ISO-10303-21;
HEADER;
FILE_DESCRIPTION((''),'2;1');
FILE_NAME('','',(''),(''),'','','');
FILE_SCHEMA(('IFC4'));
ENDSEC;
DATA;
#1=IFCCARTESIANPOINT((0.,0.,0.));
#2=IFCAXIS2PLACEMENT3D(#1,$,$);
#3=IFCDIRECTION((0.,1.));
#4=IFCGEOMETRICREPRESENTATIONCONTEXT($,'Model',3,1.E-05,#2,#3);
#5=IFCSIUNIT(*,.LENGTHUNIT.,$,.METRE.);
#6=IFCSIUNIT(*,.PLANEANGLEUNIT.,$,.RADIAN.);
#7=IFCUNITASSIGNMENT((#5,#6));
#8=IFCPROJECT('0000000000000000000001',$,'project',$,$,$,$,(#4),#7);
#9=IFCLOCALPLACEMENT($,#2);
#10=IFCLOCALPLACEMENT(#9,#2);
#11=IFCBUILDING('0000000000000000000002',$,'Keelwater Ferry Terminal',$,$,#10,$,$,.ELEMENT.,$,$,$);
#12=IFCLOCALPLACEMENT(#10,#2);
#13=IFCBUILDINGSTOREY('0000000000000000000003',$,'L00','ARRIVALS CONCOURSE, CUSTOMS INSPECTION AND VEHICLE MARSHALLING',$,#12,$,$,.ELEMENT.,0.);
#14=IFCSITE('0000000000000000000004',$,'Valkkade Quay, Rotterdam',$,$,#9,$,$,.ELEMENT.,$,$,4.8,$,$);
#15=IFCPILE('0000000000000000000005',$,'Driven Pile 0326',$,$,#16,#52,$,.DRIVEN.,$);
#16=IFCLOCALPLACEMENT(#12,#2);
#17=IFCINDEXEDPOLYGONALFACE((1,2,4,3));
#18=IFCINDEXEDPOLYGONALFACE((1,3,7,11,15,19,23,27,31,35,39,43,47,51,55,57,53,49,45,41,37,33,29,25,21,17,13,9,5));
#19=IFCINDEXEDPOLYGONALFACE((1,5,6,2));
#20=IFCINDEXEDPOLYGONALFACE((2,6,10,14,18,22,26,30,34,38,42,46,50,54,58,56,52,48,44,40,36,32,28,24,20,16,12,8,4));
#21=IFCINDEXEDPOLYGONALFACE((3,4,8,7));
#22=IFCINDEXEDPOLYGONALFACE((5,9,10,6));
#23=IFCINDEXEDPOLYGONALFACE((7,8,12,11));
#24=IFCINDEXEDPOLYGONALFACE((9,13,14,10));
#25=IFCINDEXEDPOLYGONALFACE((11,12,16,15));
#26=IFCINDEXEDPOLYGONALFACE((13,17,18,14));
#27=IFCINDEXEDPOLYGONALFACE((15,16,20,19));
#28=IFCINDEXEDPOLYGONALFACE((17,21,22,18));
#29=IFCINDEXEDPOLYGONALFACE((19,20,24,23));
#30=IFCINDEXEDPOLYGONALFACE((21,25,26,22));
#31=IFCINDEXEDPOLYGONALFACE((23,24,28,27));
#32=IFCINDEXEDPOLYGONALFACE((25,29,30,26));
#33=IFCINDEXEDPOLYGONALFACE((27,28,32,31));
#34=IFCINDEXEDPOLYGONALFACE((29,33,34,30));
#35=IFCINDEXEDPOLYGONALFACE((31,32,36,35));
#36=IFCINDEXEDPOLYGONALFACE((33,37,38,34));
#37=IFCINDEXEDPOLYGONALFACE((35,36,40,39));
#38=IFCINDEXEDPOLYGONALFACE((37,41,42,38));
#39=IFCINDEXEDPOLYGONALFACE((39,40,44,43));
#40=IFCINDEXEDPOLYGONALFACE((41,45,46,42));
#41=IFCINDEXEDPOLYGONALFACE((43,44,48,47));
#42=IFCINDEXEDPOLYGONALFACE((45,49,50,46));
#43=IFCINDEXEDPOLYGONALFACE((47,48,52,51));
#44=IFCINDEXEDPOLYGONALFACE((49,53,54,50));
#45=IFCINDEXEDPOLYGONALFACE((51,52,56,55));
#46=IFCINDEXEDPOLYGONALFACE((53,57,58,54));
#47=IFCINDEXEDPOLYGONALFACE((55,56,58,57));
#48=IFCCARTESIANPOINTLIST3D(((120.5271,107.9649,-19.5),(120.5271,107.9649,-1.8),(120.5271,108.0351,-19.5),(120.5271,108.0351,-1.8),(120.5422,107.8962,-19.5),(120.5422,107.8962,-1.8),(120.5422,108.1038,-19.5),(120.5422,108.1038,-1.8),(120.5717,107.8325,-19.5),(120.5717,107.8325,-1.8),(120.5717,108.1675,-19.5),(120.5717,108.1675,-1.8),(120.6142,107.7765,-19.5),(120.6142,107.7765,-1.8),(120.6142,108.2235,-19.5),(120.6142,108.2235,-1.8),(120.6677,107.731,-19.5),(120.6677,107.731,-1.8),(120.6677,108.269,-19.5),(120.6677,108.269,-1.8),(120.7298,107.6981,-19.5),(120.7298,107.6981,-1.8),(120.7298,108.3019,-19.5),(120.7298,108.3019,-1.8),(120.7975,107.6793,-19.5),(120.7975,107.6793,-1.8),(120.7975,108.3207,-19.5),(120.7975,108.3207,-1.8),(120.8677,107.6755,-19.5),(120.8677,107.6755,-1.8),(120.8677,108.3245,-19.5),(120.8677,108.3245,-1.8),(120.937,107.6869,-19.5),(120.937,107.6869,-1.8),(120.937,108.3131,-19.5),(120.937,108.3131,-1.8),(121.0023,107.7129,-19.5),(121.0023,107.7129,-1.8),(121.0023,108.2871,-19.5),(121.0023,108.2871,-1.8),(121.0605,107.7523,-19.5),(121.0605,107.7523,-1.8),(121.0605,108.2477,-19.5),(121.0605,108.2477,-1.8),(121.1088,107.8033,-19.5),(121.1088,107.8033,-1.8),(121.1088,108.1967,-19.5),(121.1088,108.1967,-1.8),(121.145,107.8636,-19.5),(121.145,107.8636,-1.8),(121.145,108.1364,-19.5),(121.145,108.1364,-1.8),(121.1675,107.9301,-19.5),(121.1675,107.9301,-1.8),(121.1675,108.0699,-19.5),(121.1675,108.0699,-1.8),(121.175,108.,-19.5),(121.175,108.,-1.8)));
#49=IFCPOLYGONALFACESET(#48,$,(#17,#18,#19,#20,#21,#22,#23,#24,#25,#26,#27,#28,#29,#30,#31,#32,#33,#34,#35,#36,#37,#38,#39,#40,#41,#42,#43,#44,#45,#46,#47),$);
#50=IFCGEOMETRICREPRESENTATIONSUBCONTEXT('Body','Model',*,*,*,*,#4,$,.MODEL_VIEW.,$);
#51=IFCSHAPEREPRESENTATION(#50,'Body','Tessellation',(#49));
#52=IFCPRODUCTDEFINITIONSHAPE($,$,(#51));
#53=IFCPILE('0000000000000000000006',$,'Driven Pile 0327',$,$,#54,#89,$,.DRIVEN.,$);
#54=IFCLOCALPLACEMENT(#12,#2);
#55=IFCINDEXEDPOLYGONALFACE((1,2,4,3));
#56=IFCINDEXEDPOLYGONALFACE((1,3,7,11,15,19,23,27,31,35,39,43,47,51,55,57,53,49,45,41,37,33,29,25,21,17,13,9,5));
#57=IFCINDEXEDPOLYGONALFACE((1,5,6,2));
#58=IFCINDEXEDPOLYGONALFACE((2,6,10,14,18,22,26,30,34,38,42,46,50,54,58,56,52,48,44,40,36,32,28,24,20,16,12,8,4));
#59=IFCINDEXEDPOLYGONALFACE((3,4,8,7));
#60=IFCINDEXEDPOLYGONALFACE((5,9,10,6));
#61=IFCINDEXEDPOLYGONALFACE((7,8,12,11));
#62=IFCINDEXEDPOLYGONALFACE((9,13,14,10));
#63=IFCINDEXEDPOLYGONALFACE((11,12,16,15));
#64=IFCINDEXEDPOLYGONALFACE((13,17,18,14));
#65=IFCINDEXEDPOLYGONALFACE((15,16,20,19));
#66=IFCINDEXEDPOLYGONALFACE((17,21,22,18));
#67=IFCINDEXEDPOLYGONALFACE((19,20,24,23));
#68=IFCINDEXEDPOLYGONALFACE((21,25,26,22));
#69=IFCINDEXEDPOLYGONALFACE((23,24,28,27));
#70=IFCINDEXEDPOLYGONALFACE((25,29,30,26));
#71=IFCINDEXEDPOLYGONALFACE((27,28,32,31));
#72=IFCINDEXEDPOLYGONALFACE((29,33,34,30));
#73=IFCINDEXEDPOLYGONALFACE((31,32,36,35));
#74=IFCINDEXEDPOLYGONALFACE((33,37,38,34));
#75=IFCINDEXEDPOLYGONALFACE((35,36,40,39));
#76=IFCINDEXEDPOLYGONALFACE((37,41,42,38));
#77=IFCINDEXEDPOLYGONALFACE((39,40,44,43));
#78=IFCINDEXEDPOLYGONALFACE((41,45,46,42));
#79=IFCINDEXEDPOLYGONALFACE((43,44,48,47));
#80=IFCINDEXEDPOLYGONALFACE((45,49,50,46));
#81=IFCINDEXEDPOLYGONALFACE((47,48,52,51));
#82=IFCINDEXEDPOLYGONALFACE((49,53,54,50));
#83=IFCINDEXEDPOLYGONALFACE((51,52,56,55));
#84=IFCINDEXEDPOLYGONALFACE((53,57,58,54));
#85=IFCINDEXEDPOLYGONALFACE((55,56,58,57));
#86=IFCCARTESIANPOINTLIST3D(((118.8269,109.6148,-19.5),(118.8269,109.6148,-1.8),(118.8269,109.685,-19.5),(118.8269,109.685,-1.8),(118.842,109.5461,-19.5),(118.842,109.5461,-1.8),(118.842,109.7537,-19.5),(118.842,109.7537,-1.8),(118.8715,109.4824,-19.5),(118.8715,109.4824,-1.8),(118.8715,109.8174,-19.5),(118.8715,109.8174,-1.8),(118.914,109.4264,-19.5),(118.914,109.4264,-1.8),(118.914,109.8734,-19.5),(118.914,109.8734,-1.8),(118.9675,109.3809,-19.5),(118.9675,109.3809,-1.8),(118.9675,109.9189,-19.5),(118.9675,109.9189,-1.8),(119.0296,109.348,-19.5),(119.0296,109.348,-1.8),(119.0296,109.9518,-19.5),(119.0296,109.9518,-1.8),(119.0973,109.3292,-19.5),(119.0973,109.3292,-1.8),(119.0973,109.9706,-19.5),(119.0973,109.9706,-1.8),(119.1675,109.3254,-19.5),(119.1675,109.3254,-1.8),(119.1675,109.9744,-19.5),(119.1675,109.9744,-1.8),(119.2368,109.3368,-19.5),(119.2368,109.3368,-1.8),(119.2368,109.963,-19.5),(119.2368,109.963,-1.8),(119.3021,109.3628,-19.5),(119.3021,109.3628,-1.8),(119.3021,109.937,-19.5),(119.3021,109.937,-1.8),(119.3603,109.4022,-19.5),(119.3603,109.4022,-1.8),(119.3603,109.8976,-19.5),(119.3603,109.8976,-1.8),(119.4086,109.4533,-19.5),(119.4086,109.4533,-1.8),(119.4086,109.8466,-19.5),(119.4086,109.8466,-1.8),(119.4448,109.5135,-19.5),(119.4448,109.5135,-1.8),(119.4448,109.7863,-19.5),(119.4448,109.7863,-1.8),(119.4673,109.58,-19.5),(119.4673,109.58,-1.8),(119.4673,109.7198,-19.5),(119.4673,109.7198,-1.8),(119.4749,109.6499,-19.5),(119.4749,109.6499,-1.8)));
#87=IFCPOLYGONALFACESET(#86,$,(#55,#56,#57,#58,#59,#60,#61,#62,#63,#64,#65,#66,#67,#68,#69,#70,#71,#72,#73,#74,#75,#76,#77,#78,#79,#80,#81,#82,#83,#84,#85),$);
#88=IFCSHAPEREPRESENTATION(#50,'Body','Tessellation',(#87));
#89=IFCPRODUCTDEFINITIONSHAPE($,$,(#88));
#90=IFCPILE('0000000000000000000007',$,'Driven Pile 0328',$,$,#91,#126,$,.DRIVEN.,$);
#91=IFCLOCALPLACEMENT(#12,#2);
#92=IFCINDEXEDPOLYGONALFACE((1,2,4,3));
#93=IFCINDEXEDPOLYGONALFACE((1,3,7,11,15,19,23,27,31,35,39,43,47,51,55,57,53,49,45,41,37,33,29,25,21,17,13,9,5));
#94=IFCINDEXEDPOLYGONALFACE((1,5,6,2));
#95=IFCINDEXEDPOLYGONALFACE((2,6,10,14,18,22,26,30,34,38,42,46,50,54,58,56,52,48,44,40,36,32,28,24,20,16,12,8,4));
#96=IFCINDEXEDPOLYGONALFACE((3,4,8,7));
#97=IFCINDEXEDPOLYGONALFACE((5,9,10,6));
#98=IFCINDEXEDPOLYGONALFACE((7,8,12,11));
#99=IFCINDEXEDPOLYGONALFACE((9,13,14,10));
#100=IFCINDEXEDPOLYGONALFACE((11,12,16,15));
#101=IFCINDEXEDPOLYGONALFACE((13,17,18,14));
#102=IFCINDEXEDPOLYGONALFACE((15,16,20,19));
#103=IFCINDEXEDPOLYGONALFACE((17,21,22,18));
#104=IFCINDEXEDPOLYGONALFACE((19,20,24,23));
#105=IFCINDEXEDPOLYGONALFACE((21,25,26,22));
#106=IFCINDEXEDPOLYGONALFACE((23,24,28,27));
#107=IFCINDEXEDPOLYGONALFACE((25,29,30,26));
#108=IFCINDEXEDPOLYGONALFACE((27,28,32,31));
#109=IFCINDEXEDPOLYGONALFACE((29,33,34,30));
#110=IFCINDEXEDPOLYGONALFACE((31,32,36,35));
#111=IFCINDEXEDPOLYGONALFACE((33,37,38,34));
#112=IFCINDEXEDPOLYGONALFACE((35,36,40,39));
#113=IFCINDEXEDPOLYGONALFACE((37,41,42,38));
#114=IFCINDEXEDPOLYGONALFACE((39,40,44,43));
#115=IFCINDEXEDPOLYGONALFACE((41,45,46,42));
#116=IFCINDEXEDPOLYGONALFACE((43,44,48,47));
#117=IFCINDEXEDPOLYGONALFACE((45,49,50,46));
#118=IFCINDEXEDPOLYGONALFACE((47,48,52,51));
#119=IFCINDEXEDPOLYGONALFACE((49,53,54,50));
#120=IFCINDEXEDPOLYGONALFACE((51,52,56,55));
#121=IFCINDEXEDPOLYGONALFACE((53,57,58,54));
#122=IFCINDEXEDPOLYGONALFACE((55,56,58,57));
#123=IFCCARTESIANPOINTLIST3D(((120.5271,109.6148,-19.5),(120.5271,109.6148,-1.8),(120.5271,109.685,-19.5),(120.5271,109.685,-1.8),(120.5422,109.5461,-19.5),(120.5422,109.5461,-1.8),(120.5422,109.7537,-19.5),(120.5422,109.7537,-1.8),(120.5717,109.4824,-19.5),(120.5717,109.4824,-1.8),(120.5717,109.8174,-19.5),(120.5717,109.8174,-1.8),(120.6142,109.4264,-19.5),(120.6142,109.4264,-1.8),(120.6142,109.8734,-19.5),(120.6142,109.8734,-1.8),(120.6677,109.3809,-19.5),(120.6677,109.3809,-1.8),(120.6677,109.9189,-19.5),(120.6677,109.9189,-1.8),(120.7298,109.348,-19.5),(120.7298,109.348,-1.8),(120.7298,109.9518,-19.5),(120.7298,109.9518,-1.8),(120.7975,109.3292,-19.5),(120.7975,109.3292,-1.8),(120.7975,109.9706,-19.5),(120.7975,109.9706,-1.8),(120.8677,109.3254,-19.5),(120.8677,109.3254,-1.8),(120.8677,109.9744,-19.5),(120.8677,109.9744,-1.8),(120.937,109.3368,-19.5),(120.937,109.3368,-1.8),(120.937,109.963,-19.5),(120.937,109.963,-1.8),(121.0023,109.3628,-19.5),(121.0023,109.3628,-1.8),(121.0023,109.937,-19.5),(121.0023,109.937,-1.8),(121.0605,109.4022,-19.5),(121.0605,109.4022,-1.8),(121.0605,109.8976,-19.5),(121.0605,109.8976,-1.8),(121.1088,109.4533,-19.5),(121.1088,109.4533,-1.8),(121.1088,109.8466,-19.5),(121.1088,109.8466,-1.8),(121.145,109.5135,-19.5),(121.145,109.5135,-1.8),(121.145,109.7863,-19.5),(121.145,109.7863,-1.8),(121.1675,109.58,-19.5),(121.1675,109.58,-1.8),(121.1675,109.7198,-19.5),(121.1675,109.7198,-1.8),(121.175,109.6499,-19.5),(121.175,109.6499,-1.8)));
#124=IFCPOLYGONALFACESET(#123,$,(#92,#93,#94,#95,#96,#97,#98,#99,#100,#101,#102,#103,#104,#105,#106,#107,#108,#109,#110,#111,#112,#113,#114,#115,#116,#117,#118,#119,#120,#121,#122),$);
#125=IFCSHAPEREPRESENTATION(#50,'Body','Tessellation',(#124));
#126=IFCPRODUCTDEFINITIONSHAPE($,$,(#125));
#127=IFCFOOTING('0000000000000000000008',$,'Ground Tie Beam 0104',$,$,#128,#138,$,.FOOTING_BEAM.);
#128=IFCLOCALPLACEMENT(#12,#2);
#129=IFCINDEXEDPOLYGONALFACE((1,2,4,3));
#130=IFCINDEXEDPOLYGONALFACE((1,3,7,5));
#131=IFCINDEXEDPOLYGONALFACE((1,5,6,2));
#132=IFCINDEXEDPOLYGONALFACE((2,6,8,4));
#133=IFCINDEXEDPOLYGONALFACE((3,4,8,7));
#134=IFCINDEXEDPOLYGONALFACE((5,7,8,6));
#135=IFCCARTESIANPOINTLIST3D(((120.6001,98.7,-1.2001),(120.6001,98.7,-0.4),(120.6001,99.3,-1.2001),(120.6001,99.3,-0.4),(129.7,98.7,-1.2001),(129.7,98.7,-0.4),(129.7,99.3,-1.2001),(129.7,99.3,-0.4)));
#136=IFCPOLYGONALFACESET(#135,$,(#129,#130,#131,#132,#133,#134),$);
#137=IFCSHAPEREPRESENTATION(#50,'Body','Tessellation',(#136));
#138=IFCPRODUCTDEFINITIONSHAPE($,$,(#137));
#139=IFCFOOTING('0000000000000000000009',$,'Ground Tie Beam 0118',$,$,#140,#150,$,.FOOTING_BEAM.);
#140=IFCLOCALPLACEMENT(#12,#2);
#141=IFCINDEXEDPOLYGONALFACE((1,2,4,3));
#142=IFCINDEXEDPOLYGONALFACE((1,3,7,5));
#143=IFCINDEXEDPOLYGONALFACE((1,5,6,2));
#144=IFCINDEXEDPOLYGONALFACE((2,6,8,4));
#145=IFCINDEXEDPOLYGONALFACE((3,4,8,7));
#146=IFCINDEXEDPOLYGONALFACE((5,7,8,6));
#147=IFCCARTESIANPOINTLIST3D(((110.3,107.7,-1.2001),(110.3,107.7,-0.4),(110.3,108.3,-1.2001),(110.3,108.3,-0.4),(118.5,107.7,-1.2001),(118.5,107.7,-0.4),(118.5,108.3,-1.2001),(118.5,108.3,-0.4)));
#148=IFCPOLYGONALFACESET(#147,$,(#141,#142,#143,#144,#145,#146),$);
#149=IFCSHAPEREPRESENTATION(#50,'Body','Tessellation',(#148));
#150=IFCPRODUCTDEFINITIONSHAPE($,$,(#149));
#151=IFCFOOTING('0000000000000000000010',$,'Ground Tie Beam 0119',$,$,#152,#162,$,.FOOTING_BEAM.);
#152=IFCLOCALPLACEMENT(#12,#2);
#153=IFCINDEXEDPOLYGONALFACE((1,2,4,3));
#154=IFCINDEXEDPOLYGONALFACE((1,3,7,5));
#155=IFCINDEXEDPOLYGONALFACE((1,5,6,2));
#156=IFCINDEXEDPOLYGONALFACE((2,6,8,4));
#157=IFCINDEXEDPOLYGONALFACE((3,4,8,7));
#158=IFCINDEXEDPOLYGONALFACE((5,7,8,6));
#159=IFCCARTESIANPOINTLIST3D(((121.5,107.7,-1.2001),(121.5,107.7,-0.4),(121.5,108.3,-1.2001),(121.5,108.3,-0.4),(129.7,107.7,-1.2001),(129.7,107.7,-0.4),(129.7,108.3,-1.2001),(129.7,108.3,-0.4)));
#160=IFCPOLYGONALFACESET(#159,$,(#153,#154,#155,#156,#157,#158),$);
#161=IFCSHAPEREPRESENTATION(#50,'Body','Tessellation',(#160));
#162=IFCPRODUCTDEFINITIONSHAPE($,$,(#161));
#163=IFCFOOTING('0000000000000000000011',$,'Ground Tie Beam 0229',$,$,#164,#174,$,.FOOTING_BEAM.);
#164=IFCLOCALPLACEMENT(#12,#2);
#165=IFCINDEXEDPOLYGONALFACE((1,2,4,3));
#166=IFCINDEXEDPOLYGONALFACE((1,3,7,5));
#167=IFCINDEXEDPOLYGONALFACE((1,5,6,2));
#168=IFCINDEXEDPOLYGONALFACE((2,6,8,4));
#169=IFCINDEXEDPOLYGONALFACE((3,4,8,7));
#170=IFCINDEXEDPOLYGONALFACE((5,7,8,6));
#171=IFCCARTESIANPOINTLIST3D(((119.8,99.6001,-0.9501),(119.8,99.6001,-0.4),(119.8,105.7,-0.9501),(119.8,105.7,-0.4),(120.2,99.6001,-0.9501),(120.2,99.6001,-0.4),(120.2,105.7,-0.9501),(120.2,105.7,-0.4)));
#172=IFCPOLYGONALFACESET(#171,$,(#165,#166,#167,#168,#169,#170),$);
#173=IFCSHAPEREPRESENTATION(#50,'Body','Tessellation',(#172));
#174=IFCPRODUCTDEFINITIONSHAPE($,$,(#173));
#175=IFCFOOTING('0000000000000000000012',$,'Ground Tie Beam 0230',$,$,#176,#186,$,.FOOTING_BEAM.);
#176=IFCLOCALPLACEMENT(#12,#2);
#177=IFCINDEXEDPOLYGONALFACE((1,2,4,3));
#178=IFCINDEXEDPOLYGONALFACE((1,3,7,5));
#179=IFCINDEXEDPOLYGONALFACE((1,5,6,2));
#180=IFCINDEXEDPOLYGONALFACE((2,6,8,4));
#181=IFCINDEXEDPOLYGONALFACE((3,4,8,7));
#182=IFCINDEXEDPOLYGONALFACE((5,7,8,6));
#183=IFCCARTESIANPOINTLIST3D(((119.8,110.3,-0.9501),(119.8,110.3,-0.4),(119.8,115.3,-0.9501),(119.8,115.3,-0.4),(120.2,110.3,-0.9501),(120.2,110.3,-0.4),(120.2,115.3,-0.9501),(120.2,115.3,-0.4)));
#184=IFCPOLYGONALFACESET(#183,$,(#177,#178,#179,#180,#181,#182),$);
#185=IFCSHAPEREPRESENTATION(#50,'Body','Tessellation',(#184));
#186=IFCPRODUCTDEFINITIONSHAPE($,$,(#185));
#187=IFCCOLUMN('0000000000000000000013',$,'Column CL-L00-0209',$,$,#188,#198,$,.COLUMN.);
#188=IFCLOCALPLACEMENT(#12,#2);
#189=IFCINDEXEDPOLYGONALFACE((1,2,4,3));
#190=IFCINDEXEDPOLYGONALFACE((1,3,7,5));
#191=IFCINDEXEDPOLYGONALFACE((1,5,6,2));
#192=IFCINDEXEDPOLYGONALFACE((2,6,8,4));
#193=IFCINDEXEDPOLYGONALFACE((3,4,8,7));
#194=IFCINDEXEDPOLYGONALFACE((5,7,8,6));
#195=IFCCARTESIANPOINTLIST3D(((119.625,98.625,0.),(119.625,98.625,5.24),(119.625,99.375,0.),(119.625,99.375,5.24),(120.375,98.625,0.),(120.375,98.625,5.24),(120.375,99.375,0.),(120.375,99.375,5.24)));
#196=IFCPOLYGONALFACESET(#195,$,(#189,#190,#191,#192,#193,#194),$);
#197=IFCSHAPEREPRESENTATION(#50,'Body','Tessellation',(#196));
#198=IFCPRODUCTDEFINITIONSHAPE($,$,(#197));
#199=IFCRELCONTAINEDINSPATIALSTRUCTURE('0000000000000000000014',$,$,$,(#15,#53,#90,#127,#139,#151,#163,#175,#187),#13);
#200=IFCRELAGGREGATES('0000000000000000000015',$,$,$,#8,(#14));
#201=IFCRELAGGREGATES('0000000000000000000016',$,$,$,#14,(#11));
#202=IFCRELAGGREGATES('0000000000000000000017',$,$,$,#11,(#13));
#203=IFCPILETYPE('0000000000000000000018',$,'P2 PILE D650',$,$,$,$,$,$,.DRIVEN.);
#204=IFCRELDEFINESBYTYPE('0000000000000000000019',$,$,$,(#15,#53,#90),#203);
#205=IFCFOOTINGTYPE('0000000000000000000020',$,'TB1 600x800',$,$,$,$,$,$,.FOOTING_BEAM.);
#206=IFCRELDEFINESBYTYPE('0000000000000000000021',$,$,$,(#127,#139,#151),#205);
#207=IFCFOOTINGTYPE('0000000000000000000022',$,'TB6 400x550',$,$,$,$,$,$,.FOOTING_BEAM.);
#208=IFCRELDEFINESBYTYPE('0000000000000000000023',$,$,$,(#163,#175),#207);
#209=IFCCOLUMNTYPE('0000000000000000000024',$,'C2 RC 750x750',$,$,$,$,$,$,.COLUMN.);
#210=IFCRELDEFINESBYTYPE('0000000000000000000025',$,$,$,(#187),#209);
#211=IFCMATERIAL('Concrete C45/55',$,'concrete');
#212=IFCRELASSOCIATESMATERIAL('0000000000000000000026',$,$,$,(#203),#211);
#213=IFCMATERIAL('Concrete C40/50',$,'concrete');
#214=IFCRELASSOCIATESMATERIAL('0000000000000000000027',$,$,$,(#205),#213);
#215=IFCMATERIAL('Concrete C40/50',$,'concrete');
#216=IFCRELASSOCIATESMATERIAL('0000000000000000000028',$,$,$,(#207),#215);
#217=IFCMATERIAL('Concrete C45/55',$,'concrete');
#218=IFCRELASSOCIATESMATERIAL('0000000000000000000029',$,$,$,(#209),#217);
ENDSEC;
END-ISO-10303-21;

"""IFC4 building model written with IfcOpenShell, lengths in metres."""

from ifc_helpers import new_model, si_unit, direction, frame, origin, origin_2d, place, context, subcontext, project, spatial, rectangle, circle, extrude, material, material_profile, profile_set, type_object, element, save


model = new_model("IFC4")

# Units and contexts
model_context = context("Model", 3, precision=1e-05, world=origin(), true_north=direction((0.0, 1.0)))
body_context = subcontext(model_context, "Body", "Model", "MODEL_VIEW")
ifc_project = project(units=[si_unit("LENGTHUNIT", "METRE"), si_unit("PLANEANGLEUNIT", "RADIAN")], contexts=[model_context])

# Site, building, storey
site_placement = place(None, origin())
site = spatial("IfcSite", under=ifc_project, at=site_placement, Name="Valkkade Quay, Rotterdam", CompositionType="ELEMENT", RefElevation=4.8)
building_placement = place(site_placement, origin())
building = spatial("IfcBuilding", under=site, at=building_placement, Name="Keelwater Ferry Terminal", CompositionType="ELEMENT")
storey_placement = place(building_placement, origin())
storey = spatial("IfcBuildingStorey", under=building, at=storey_placement, Name="L00", Description="ARRIVALS CONCOURSE, CUSTOMS INSPECTION AND VEHICLE MARSHALLING", CompositionType="ELEMENT", Elevation=0.0)

# Piles
ifc_material_1 = material(Name="Concrete C45/55", Category="concrete")
ifc_material_profile_1 = material_profile(ifc_material_1, circle(Radius=0.325, at=origin_2d()), Name="PILE D650")
ifc_profile_set_1 = profile_set([ifc_material_profile_1], Name="Concrete C45/55")
pile_type = type_object("IfcPileType", Name="P2 PILE D650", PredefinedType="DRIVEN", material=ifc_profile_set_1)
for number, where, z_axis, x_axis, name in (
    (1, (120.8501, 108.0, -1.8), (0.0, 0.0, -1.0), (1.0, 0.0, 0.0), "Driven Pile 0326"),
    (2, (119.1499, 109.6499, -1.8), (0.0, 0.0, -1.0), (1.0, 0.0, 0.0), "Driven Pile 0327"),
    (3, (120.8501, 109.6499, -1.8), (0.0, 0.0, -1.0), (1.0, 0.0, 0.0), "Driven Pile 0328"),
):
    element("IfcPile", number, at=place(storey_placement, frame(where, z_axis=z_axis, x_axis=x_axis)), inside=storey, type_object=pile_type, Name=name, PredefinedType="DRIVEN", context=body_context, shape_type="SweptSolid", body=[
        extrude(circle(Radius=0.325, at=origin_2d()), origin(), (0.0, 0.0, 1.0), 17.7),
    ])

# Footings
ifc_material_2 = material(Name="Concrete C40/50", Category="concrete")
ifc_material_profile_2 = material_profile(ifc_material_2, rectangle(XDim=0.6001, YDim=0.8, at=origin_2d()), Name="TB 600x800")
ifc_profile_set_2 = profile_set([ifc_material_profile_2], Name="Concrete C40/50")
footing_type_1 = type_object("IfcFootingType", Name="TB1 600x800", PredefinedType="FOOTING_BEAM", material=ifc_profile_set_2)
footing_1_placement = place(storey_placement, frame((120.6001, 99.0, -0.8), z_axis=(1.0, 0.0, 0.0), x_axis=(0.0, 1.0, 0.0)))
element("IfcFooting", 4, at=footing_1_placement, inside=storey, type_object=footing_type_1, Name="Ground Tie Beam 0104", PredefinedType="FOOTING_BEAM", context=body_context, shape_type="SweptSolid", body=[
    extrude(rectangle(XDim=0.6001, YDim=0.8, at=origin_2d()), origin(), (0.0, 0.0, 1.0), 9.0999),
])
for number, where, z_axis, x_axis, name in (
    (5, (110.3, 108.0, -0.8), (1.0, 0.0, 0.0), (0.0, 1.0, 0.0), "Ground Tie Beam 0118"),
    (6, (121.5, 108.0, -0.8), (1.0, 0.0, 0.0), (0.0, 1.0, 0.0), "Ground Tie Beam 0119"),
):
    element("IfcFooting", number, at=place(storey_placement, frame(where, z_axis=z_axis, x_axis=x_axis)), inside=storey, type_object=footing_type_1, Name=name, PredefinedType="FOOTING_BEAM", context=body_context, shape_type="SweptSolid", body=[
        extrude(rectangle(XDim=0.6001, YDim=0.8, at=origin_2d()), origin(), (0.0, 0.0, 1.0), 8.2),
    ])
ifc_material_3 = material(Name="Concrete C40/50", Category="concrete")
ifc_material_profile_3 = material_profile(ifc_material_3, rectangle(XDim=0.3999, YDim=0.55, at=origin_2d()), Name="TB 400x550")
ifc_profile_set_3 = profile_set([ifc_material_profile_3], Name="Concrete C40/50")
footing_type_2 = type_object("IfcFootingType", Name="TB6 400x550", PredefinedType="FOOTING_BEAM", material=ifc_profile_set_3)
footing_2_placement = place(storey_placement, frame((120.0, 99.6001, -0.675), z_axis=(0.0, 1.0, 0.0), x_axis=(-1.0, 0.0, 0.0)))
element("IfcFooting", 7, at=footing_2_placement, inside=storey, type_object=footing_type_2, Name="Ground Tie Beam 0229", PredefinedType="FOOTING_BEAM", context=body_context, shape_type="SweptSolid", body=[
    extrude(rectangle(XDim=0.3999, YDim=0.55, at=origin_2d()), origin(), (0.0, 0.0, 1.0), 6.0999),
])
footing_3_placement = place(storey_placement, frame((120.0, 110.3, -0.675), z_axis=(0.0, 1.0, 0.0), x_axis=(-1.0, 0.0, 0.0)))
element("IfcFooting", 8, at=footing_3_placement, inside=storey, type_object=footing_type_2, Name="Ground Tie Beam 0230", PredefinedType="FOOTING_BEAM", context=body_context, shape_type="SweptSolid", body=[
    extrude(rectangle(XDim=0.3999, YDim=0.55, at=origin_2d()), origin(), (0.0, 0.0, 1.0), 5.0),
])

# Column
ifc_material_4 = material(Name="Concrete C45/55", Category="concrete")
ifc_material_profile_4 = material_profile(ifc_material_4, rectangle(XDim=0.75, YDim=0.75, at=origin_2d()), Name="RC 750x750")
ifc_profile_set_4 = profile_set([ifc_material_profile_4], Name="Concrete C45/55")
column_type = type_object("IfcColumnType", Name="C2 RC 750x750", PredefinedType="COLUMN", material=ifc_profile_set_4)
for number, where, z_axis, x_axis, name in (
    (9, (120.0, 99.0, 0.0), (0.0, 0.0, 1.0), (1.0, 0.0, 0.0), "Column CL-L00-0209"),
):
    element("IfcColumn", number, at=place(storey_placement, frame(where, z_axis=z_axis, x_axis=x_axis)), inside=storey, type_object=column_type, Name=name, PredefinedType="COLUMN", context=body_context, shape_type="SweptSolid", body=[
        extrude(rectangle(XDim=0.75, YDim=0.75, at=origin_2d()), origin(), (0.0, 0.0, 1.0), 5.24),
    ])

save(model, "model.ifc")
